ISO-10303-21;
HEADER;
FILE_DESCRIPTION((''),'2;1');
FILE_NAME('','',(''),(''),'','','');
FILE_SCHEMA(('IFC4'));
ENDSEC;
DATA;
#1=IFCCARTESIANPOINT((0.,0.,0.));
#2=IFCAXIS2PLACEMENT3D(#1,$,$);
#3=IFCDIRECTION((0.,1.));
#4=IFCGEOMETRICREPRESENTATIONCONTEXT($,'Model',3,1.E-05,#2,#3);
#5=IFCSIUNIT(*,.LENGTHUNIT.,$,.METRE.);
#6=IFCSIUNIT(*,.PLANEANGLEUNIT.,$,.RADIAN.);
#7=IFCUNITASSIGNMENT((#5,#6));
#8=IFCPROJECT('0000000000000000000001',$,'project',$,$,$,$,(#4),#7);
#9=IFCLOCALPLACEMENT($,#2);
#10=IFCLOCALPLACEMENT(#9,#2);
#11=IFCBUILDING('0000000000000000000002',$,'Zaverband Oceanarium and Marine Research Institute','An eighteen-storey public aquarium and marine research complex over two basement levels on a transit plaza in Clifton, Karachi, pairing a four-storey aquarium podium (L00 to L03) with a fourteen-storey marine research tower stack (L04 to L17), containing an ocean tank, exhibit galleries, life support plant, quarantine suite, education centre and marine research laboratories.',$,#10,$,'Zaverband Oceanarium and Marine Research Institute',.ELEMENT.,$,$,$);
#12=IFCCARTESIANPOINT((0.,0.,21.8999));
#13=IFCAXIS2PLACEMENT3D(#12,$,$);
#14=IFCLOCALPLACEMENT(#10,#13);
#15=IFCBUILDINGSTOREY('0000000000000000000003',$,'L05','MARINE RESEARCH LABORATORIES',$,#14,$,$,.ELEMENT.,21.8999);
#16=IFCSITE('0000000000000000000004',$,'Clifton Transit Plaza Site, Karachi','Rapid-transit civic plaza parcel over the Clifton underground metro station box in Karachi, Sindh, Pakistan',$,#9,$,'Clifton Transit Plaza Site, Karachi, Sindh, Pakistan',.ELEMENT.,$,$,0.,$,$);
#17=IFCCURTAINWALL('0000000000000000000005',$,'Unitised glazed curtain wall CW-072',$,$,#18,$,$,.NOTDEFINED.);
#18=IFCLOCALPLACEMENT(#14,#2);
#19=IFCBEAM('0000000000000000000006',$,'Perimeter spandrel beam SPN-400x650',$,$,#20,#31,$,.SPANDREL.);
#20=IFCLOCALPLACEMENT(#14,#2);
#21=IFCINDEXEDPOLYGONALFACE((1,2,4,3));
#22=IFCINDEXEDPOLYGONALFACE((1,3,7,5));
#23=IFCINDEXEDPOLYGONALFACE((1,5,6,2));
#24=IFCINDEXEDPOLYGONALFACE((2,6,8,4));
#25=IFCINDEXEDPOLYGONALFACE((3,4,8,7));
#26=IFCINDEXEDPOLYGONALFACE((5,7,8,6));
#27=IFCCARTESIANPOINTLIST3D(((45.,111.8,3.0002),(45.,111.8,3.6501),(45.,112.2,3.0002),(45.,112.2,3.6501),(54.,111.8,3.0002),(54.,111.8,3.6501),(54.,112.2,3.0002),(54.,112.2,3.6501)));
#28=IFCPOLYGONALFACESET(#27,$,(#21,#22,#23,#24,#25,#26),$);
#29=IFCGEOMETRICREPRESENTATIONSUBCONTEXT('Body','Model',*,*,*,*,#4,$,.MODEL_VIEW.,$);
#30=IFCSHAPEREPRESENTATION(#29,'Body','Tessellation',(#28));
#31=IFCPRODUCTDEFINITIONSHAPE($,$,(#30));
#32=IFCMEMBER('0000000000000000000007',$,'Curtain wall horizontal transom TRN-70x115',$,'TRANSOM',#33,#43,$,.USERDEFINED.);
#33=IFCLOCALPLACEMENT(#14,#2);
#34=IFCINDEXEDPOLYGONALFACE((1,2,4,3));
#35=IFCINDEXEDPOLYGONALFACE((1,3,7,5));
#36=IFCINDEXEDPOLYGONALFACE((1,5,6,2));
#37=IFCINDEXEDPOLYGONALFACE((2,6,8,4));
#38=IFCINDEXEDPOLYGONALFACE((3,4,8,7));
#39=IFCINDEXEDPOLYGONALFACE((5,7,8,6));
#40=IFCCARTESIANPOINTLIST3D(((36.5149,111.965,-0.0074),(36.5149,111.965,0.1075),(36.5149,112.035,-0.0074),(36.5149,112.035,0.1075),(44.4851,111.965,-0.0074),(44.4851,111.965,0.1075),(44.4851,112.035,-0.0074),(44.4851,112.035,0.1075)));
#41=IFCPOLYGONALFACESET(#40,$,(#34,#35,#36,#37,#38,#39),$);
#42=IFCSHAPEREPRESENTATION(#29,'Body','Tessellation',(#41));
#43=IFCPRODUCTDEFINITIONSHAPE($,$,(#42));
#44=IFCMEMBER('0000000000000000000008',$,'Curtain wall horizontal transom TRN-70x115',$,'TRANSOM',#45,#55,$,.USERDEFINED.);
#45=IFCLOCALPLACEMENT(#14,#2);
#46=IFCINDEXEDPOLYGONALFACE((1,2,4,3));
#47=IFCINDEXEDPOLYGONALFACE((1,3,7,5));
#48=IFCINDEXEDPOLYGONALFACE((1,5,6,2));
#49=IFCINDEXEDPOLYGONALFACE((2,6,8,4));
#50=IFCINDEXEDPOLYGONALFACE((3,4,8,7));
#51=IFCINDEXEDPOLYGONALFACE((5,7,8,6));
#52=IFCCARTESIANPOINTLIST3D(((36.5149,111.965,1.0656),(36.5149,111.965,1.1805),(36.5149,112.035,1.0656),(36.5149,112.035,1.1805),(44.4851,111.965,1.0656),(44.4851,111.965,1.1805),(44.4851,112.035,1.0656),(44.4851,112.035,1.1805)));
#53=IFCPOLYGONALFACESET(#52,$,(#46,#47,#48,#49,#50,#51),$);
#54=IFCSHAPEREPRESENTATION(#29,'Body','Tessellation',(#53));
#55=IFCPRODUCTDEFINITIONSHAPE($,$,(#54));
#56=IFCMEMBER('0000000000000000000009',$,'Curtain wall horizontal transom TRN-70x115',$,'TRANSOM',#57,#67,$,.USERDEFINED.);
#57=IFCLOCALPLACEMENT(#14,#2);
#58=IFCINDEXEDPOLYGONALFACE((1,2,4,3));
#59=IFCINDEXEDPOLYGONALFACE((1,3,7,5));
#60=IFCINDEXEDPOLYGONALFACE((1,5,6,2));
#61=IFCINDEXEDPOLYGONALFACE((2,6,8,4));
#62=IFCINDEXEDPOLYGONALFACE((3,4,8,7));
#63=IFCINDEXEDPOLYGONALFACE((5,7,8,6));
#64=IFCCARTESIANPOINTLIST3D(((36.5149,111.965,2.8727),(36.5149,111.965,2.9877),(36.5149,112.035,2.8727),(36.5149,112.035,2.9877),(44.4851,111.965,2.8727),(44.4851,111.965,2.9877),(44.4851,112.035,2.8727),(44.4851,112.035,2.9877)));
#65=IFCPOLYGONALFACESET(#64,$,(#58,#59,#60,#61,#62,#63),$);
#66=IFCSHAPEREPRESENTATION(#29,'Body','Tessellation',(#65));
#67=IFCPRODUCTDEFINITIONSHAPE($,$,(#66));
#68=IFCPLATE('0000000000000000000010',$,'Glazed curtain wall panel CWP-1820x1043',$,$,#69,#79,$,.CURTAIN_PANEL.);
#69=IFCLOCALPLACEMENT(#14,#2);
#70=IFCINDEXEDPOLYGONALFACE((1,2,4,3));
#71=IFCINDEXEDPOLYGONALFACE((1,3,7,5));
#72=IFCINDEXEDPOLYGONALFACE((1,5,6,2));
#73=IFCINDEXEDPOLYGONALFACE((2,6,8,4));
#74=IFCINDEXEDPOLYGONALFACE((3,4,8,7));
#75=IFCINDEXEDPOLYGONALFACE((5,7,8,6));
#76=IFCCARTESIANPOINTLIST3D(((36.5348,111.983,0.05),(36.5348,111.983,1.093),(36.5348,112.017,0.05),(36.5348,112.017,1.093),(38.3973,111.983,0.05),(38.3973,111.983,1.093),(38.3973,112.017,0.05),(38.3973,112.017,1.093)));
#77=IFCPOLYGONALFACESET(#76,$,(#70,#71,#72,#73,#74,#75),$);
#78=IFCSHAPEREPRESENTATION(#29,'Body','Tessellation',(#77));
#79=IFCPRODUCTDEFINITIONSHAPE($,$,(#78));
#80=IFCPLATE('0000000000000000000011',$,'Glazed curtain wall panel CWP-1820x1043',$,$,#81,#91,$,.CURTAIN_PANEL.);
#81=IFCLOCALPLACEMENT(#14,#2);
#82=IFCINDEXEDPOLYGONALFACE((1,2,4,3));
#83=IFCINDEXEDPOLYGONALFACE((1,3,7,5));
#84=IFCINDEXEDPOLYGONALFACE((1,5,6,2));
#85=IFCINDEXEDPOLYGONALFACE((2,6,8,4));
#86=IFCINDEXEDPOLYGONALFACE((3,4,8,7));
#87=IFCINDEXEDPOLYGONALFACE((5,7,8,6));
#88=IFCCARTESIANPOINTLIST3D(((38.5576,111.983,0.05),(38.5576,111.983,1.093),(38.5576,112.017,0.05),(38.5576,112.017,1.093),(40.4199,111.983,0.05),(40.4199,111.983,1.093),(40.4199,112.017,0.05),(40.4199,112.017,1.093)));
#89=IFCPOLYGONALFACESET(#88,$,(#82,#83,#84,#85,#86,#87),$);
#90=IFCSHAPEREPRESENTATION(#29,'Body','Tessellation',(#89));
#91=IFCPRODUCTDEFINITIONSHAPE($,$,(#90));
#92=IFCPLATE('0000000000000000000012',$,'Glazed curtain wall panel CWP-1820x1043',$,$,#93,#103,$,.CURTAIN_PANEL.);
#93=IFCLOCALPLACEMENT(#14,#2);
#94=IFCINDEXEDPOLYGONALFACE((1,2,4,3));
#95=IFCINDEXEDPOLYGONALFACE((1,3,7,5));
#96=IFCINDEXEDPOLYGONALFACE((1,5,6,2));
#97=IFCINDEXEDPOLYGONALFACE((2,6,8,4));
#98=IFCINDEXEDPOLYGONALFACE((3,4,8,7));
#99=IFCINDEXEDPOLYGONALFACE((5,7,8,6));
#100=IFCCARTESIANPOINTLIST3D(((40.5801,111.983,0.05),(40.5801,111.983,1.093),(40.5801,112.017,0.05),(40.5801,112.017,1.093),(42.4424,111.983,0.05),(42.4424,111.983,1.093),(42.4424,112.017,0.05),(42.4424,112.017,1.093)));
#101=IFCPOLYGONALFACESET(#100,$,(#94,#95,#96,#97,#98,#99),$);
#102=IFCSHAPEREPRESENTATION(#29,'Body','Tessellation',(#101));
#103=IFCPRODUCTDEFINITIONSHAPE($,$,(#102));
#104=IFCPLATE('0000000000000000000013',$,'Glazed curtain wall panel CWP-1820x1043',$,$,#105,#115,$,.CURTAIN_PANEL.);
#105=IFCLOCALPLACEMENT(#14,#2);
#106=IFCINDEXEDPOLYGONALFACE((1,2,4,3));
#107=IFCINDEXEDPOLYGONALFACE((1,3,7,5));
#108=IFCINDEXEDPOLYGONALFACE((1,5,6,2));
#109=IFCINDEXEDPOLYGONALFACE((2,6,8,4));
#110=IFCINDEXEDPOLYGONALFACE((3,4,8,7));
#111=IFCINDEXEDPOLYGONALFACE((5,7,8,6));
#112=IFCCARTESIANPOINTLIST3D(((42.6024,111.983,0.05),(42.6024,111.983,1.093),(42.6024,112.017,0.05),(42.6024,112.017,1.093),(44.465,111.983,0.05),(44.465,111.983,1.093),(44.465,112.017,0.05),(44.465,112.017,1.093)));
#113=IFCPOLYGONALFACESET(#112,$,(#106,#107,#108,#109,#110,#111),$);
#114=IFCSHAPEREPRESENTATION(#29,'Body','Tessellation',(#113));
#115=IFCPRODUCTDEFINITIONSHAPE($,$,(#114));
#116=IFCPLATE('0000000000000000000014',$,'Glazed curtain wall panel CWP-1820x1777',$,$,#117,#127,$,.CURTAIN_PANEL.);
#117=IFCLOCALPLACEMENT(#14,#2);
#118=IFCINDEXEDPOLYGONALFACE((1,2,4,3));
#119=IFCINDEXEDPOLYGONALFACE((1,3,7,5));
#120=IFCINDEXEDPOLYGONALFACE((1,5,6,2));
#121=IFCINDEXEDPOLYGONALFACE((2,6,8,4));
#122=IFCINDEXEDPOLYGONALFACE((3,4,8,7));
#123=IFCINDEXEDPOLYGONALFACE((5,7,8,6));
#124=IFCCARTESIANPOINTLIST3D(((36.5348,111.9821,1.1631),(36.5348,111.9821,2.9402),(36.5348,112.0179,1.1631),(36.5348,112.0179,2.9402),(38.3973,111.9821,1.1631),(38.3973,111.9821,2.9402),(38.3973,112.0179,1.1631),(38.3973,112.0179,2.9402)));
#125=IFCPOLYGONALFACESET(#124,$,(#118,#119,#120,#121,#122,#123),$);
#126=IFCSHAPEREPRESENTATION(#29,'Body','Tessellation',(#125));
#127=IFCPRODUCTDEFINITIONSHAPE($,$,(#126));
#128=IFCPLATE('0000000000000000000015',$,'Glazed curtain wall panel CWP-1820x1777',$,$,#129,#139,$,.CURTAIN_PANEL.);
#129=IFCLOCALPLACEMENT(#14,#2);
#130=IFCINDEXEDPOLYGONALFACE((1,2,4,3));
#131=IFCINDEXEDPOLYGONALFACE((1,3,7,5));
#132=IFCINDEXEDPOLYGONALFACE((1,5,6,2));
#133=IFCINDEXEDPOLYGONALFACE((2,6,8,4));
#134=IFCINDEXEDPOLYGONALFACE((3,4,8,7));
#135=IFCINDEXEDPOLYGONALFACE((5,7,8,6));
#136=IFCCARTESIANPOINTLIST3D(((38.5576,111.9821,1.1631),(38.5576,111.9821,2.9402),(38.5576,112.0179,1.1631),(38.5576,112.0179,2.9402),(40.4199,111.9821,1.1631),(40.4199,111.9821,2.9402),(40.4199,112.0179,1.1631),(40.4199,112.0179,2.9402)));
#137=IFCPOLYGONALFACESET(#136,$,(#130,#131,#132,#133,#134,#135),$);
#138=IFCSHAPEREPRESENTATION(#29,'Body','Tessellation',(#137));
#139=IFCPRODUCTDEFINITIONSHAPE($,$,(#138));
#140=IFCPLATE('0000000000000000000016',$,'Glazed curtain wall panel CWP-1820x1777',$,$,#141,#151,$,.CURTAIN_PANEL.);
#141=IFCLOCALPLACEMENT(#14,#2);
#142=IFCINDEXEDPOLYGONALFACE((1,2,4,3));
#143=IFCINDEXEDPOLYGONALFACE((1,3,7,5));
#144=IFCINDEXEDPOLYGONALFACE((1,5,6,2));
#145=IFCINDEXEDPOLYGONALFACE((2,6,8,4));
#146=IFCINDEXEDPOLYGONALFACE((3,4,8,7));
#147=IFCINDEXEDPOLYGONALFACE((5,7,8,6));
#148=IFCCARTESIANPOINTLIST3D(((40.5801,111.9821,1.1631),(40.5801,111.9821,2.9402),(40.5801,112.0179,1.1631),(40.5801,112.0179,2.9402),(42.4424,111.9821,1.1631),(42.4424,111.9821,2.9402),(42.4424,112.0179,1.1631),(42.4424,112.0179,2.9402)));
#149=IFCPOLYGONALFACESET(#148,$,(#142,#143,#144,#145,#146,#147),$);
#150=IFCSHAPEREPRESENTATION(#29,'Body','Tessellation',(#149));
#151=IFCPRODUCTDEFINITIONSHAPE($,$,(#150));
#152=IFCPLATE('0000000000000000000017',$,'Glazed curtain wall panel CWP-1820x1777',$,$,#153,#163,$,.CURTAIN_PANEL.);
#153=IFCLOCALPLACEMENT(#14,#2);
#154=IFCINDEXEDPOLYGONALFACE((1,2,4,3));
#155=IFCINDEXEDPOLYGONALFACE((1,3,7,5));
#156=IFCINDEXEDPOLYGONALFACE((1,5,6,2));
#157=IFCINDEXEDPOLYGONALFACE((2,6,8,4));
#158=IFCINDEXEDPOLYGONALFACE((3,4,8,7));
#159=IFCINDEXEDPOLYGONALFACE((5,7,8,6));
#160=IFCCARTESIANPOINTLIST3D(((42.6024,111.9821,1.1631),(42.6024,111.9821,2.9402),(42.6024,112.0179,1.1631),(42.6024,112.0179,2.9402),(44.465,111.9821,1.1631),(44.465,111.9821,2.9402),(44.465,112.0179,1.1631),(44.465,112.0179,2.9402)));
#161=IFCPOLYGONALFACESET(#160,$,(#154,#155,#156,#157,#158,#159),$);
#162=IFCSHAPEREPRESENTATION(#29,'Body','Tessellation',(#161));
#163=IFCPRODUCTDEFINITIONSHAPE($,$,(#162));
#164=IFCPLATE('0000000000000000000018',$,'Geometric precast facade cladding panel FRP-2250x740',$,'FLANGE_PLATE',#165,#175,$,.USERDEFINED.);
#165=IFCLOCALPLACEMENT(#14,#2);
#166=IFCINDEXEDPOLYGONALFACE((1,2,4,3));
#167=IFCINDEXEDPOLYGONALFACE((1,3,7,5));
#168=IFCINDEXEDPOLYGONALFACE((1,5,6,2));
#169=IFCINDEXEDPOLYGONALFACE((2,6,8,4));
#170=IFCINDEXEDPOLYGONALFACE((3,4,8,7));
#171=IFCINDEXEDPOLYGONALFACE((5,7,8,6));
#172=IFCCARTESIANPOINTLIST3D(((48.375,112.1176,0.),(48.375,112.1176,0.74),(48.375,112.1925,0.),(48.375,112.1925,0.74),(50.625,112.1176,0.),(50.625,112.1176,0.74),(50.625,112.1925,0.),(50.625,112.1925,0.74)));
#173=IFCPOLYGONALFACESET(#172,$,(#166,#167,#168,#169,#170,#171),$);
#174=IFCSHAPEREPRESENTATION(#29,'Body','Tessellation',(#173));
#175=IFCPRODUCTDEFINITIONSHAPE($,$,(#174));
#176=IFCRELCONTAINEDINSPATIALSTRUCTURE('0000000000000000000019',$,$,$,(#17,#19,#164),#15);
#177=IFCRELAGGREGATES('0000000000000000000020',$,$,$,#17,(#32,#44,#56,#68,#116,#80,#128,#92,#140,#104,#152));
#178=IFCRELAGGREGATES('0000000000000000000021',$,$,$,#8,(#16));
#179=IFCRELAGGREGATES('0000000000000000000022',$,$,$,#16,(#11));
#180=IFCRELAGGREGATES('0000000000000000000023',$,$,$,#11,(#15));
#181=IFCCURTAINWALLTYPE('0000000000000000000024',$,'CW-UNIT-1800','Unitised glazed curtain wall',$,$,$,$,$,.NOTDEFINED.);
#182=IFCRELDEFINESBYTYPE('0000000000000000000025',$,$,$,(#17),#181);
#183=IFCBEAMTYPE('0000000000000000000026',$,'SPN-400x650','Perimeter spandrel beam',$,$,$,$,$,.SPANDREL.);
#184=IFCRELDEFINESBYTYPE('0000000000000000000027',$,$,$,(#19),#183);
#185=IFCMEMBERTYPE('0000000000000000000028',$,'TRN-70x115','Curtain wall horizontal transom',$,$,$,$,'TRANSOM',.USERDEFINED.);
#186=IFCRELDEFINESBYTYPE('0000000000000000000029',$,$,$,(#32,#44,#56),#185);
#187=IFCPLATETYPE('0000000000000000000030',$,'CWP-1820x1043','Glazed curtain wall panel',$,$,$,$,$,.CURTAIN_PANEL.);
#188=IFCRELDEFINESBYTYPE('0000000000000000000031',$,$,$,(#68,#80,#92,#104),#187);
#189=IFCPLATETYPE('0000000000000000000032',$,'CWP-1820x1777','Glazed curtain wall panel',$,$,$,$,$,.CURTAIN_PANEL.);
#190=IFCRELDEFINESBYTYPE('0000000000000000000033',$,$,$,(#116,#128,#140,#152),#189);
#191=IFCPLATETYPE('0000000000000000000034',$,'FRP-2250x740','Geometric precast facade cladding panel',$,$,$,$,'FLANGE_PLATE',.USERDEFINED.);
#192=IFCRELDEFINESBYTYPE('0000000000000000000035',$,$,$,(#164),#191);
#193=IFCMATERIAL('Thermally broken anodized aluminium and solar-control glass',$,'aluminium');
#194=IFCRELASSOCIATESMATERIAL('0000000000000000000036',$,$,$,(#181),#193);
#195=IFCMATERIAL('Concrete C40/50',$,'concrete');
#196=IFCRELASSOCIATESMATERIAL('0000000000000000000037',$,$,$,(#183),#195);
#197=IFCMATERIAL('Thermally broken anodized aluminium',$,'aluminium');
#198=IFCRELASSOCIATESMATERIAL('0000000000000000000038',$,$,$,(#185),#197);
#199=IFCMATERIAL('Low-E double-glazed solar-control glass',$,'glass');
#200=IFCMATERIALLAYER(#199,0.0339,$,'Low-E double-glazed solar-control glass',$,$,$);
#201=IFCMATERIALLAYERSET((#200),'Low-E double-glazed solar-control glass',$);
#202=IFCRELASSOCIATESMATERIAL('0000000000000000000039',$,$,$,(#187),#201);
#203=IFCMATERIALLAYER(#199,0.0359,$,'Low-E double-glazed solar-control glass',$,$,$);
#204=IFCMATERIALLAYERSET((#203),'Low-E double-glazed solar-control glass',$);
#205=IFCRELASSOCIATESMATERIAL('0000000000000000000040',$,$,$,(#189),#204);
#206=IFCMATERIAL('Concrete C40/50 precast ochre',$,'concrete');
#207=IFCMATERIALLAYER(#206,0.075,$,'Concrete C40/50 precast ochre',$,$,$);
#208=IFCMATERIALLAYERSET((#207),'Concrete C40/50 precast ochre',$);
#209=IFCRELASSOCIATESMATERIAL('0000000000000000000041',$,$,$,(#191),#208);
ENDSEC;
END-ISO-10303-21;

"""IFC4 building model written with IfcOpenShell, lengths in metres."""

from ifc_helpers import new_model, si_unit, direction, frame, frame_2d, origin, origin_2d, place, context, subcontext, project, spatial, rectangle, extrude, material, layer, layer_set, material_profile, profile_set, type_object, element, aggregate, save


model = new_model("IFC4")

# Units and contexts
model_context = context("Model", 3, precision=1e-05, world=origin(), true_north=direction((0.0, 1.0)))
body_context = subcontext(model_context, "Body", "Model", "MODEL_VIEW")
ifc_project = project(units=[si_unit("LENGTHUNIT", "METRE"), si_unit("PLANEANGLEUNIT", "RADIAN")], contexts=[model_context])

# Site, building, storey
site_placement = place(None, origin())
site = spatial("IfcSite", under=ifc_project, at=site_placement, Name="Clifton Transit Plaza Site, Karachi", Description="Rapid-transit civic plaza parcel over the Clifton underground metro station box in Karachi, Sindh, Pakistan", LongName="Clifton Transit Plaza Site, Karachi, Sindh, Pakistan", CompositionType="ELEMENT", RefElevation=0.0)
building_placement = place(site_placement, origin())
building = spatial("IfcBuilding", under=site, at=building_placement, Name="Zaverband Oceanarium and Marine Research Institute", Description="An eighteen-storey public aquarium and marine research complex over two basement levels on a transit plaza in Clifton, Karachi, pairing a four-storey aquarium podium (L00 to L03) with a fourteen-storey marine research tower stack (L04 to L17), containing an ocean tank, exhibit galleries, life support plant, quarantine suite, education centre and marine research laboratories.", LongName="Zaverband Oceanarium and Marine Research Institute", CompositionType="ELEMENT")
storey_placement = place(building_placement, frame((0.0, 0.0, 21.8999)))
storey = spatial("IfcBuildingStorey", under=building, at=storey_placement, Name="L05", Description="MARINE RESEARCH LABORATORIES", CompositionType="ELEMENT", Elevation=21.8999)

# Shared definitions
ifc_material_1 = material(Name="Concrete C40/50", Category="concrete")

# Curtain wall
ifc_material_2 = material(Name="Thermally broken anodized aluminium and solar-control glass", Category="aluminium")
curtain_wall_type = type_object("IfcCurtainWallType", Name="CW-UNIT-1800", Description="Unitised glazed curtain wall", PredefinedType="NOTDEFINED", material=ifc_material_2)
curtain_wall_placement = place(storey_placement, origin())
curtain_wall = element("IfcCurtainWall", 1, at=curtain_wall_placement, inside=storey, type_object=curtain_wall_type, Name="Unitised glazed curtain wall CW-072", PredefinedType="NOTDEFINED")
ifc_material_3 = material(Name="Thermally broken anodized aluminium", Category="aluminium")

# Beam
ifc_material_profile_1 = material_profile(ifc_material_1, rectangle(XDim=0.3999, YDim=0.6499, at=origin_2d()), Name="RC400x650")
ifc_profile_set_1 = profile_set([ifc_material_profile_1], Name="Concrete C40/50")
beam_type_1 = type_object("IfcBeamType", Name="SPN-400x650", Description="Perimeter spandrel beam", PredefinedType="SPANDREL", material=ifc_profile_set_1)
for number, where, z_axis, x_axis, name in (
    (2, (45.0, 112.0, 3.3252), (1.0, 0.0, 0.0), (0.0, 1.0, 0.0), "Perimeter spandrel beam SPN-400x650"),
):
    element("IfcBeam", number, at=place(storey_placement, frame(where, z_axis=z_axis, x_axis=x_axis)), inside=storey, type_object=beam_type_1, Name=name, PredefinedType="SPANDREL", context=body_context, shape_type="SweptSolid", body=[
        extrude(rectangle(XDim=0.3999, YDim=0.6499, at=origin_2d()), origin(), (0.0, 0.0, 1.0), 9.0),
    ])

# Members
ifc_material_profile_2 = material_profile(ifc_material_3, rectangle(XDim=0.0701, YDim=0.115, at=origin_2d()), Name="AL-TRN-70x115")
ifc_profile_set_2 = profile_set([ifc_material_profile_2], Name="Thermally broken anodized aluminium")
member_type_1 = type_object("IfcMemberType", Name="TRN-70x115", Description="Curtain wall horizontal transom", ElementType="TRANSOM", PredefinedType="USERDEFINED", material=ifc_profile_set_2)
member_1_placement = place(storey_placement, frame((36.5149, 112.0, 0.05), z_axis=(1.0, 0.0, 0.0), x_axis=(0.0, 1.0, 0.0)))
member_1 = element("IfcMember", 3, at=member_1_placement, type_object=member_type_1, Name="Curtain wall horizontal transom TRN-70x115", ObjectType="TRANSOM", PredefinedType="USERDEFINED", context=body_context, shape_type="SweptSolid", body=[
    extrude(rectangle(XDim=0.0701, YDim=0.115, at=origin_2d()), origin(), (0.0, 0.0, 1.0), 7.9702),
])
member_2_placement = place(storey_placement, frame((36.5149, 112.0, 1.123), z_axis=(1.0, 0.0, 0.0), x_axis=(0.0, 1.0, 0.0)))
member_2 = element("IfcMember", 4, at=member_2_placement, type_object=member_type_1, Name="Curtain wall horizontal transom TRN-70x115", ObjectType="TRANSOM", PredefinedType="USERDEFINED", context=body_context, shape_type="SweptSolid", body=[
    extrude(rectangle(XDim=0.0701, YDim=0.115, at=origin_2d()), origin(), (0.0, 0.0, 1.0), 7.9702),
])
member_3_placement = place(storey_placement, frame((36.5149, 112.0, 2.9302), z_axis=(1.0, 0.0, 0.0), x_axis=(0.0, 1.0, 0.0)))
member_3 = element("IfcMember", 5, at=member_3_placement, type_object=member_type_1, Name="Curtain wall horizontal transom TRN-70x115", ObjectType="TRANSOM", PredefinedType="USERDEFINED", context=body_context, shape_type="SweptSolid", body=[
    extrude(rectangle(XDim=0.0701, YDim=0.115, at=origin_2d()), origin(), (0.0, 0.0, 1.0), 7.9702),
])

# Plates
ifc_material_4 = material(Name="Low-E double-glazed solar-control glass", Category="glass")
ifc_layer_1 = layer(ifc_material_4, 0.0339, Name="Low-E double-glazed solar-control glass")
ifc_layer_set_1 = layer_set([ifc_layer_1], Name="Low-E double-glazed solar-control glass")
plate_type_1 = type_object("IfcPlateType", Name="CWP-1820x1043", Description="Glazed curtain wall panel", PredefinedType="CURTAIN_PANEL", material=ifc_layer_set_1)
plate_1_placement = place(storey_placement, frame((36.5349, 112.0, 0.05), z_axis=(0.0, 0.0, 1.0), x_axis=(1.0, 0.0, 0.0)))
plate_1 = element("IfcPlate", 6, at=plate_1_placement, type_object=plate_type_1, Name="Glazed curtain wall panel CWP-1820x1043", PredefinedType="CURTAIN_PANEL", context=body_context, shape_type="SweptSolid", body=[
    extrude(rectangle(XDim=1.8625, YDim=0.0339, at=frame_2d((0.9312, 0.0))), origin(), (0.0, 0.0, 1.0), 1.043),
])
plate_2_placement = place(storey_placement, frame((38.5576, 112.0, 0.05), z_axis=(0.0, 0.0, 1.0), x_axis=(1.0, 0.0, 0.0)))
plate_2 = element("IfcPlate", 7, at=plate_2_placement, type_object=plate_type_1, Name="Glazed curtain wall panel CWP-1820x1043", PredefinedType="CURTAIN_PANEL", context=body_context, shape_type="SweptSolid", body=[
    extrude(rectangle(XDim=1.8623, YDim=0.0339, at=frame_2d((0.9312, 0.0))), origin(), (0.0, 0.0, 1.0), 1.043),
])
plate_3_placement = place(storey_placement, frame((40.5801, 112.0, 0.05), z_axis=(0.0, 0.0, 1.0), x_axis=(1.0, 0.0, 0.0)))
plate_3 = element("IfcPlate", 8, at=plate_3_placement, type_object=plate_type_1, Name="Glazed curtain wall panel CWP-1820x1043", PredefinedType="CURTAIN_PANEL", context=body_context, shape_type="SweptSolid", body=[
    extrude(rectangle(XDim=1.8623, YDim=0.0339, at=frame_2d((0.9312, 0.0))), origin(), (0.0, 0.0, 1.0), 1.043),
])
plate_4_placement = place(storey_placement, frame((42.6025, 112.0, 0.05), z_axis=(0.0, 0.0, 1.0), x_axis=(1.0, 0.0, 0.0)))
plate_4 = element("IfcPlate", 9, at=plate_4_placement, type_object=plate_type_1, Name="Glazed curtain wall panel CWP-1820x1043", PredefinedType="CURTAIN_PANEL", context=body_context, shape_type="SweptSolid", body=[
    extrude(rectangle(XDim=1.8625, YDim=0.0339, at=frame_2d((0.9312, 0.0))), origin(), (0.0, 0.0, 1.0), 1.043),
])
ifc_layer_2 = layer(ifc_material_4, 0.0359, Name="Low-E double-glazed solar-control glass")
ifc_layer_set_2 = layer_set([ifc_layer_2], Name="Low-E double-glazed solar-control glass")
plate_type_2 = type_object("IfcPlateType", Name="CWP-1820x1777", Description="Glazed curtain wall panel", PredefinedType="CURTAIN_PANEL", material=ifc_layer_set_2)
plate_5_placement = place(storey_placement, frame((36.5349, 112.0, 1.1631), z_axis=(0.0, 0.0, 1.0), x_axis=(1.0, 0.0, 0.0)))
plate_5 = element("IfcPlate", 10, at=plate_5_placement, type_object=plate_type_2, Name="Glazed curtain wall panel CWP-1820x1777", PredefinedType="CURTAIN_PANEL", context=body_context, shape_type="SweptSolid", body=[
    extrude(rectangle(XDim=1.8625, YDim=0.0359, at=frame_2d((0.9312, 0.0))), origin(), (0.0, 0.0, 1.0), 1.7771),
])
plate_6_placement = place(storey_placement, frame((38.5576, 112.0, 1.1631), z_axis=(0.0, 0.0, 1.0), x_axis=(1.0, 0.0, 0.0)))
plate_6 = element("IfcPlate", 11, at=plate_6_placement, type_object=plate_type_2, Name="Glazed curtain wall panel CWP-1820x1777", PredefinedType="CURTAIN_PANEL", context=body_context, shape_type="SweptSolid", body=[
    extrude(rectangle(XDim=1.8623, YDim=0.0359, at=frame_2d((0.9312, 0.0))), origin(), (0.0, 0.0, 1.0), 1.7771),
])
plate_7_placement = place(storey_placement, frame((40.5801, 112.0, 1.1631), z_axis=(0.0, 0.0, 1.0), x_axis=(1.0, 0.0, 0.0)))
plate_7 = element("IfcPlate", 12, at=plate_7_placement, type_object=plate_type_2, Name="Glazed curtain wall panel CWP-1820x1777", PredefinedType="CURTAIN_PANEL", context=body_context, shape_type="SweptSolid", body=[
    extrude(rectangle(XDim=1.8623, YDim=0.0359, at=frame_2d((0.9312, 0.0))), origin(), (0.0, 0.0, 1.0), 1.7771),
])
plate_8_placement = place(storey_placement, frame((42.6025, 112.0, 1.1631), z_axis=(0.0, 0.0, 1.0), x_axis=(1.0, 0.0, 0.0)))
plate_8 = element("IfcPlate", 13, at=plate_8_placement, type_object=plate_type_2, Name="Glazed curtain wall panel CWP-1820x1777", PredefinedType="CURTAIN_PANEL", context=body_context, shape_type="SweptSolid", body=[
    extrude(rectangle(XDim=1.8625, YDim=0.0359, at=frame_2d((0.9312, 0.0))), origin(), (0.0, 0.0, 1.0), 1.7771),
])
aggregate(curtain_wall, [member_1, member_2, member_3, plate_1, plate_5, plate_2, plate_6, plate_3, plate_7, plate_4, plate_8])
ifc_material_5 = material(Name="Concrete C40/50 precast ochre", Category="concrete")
ifc_layer_3 = layer(ifc_material_5, 0.075, Name="Concrete C40/50 precast ochre")
ifc_layer_set_3 = layer_set([ifc_layer_3], Name="Concrete C40/50 precast ochre")
plate_type_3 = type_object("IfcPlateType", Name="FRP-2250x740", Description="Geometric precast facade cladding panel", ElementType="FLANGE_PLATE", PredefinedType="USERDEFINED", material=ifc_layer_set_3)
plate_9_placement = place(storey_placement, frame((48.375, 112.155, 0.0), z_axis=(0.0, 0.0, 1.0), x_axis=(1.0, 0.0, 0.0)))
element("IfcPlate", 14, at=plate_9_placement, inside=storey, type_object=plate_type_3, Name="Geometric precast facade cladding panel FRP-2250x740", ObjectType="FLANGE_PLATE", PredefinedType="USERDEFINED", context=body_context, shape_type="SweptSolid", body=[
    extrude(rectangle(XDim=2.25, YDim=0.075, at=frame_2d((1.125, 0.0))), origin(), (0.0, 0.0, 1.0), 0.74),
])

save(model, "model.ifc")
